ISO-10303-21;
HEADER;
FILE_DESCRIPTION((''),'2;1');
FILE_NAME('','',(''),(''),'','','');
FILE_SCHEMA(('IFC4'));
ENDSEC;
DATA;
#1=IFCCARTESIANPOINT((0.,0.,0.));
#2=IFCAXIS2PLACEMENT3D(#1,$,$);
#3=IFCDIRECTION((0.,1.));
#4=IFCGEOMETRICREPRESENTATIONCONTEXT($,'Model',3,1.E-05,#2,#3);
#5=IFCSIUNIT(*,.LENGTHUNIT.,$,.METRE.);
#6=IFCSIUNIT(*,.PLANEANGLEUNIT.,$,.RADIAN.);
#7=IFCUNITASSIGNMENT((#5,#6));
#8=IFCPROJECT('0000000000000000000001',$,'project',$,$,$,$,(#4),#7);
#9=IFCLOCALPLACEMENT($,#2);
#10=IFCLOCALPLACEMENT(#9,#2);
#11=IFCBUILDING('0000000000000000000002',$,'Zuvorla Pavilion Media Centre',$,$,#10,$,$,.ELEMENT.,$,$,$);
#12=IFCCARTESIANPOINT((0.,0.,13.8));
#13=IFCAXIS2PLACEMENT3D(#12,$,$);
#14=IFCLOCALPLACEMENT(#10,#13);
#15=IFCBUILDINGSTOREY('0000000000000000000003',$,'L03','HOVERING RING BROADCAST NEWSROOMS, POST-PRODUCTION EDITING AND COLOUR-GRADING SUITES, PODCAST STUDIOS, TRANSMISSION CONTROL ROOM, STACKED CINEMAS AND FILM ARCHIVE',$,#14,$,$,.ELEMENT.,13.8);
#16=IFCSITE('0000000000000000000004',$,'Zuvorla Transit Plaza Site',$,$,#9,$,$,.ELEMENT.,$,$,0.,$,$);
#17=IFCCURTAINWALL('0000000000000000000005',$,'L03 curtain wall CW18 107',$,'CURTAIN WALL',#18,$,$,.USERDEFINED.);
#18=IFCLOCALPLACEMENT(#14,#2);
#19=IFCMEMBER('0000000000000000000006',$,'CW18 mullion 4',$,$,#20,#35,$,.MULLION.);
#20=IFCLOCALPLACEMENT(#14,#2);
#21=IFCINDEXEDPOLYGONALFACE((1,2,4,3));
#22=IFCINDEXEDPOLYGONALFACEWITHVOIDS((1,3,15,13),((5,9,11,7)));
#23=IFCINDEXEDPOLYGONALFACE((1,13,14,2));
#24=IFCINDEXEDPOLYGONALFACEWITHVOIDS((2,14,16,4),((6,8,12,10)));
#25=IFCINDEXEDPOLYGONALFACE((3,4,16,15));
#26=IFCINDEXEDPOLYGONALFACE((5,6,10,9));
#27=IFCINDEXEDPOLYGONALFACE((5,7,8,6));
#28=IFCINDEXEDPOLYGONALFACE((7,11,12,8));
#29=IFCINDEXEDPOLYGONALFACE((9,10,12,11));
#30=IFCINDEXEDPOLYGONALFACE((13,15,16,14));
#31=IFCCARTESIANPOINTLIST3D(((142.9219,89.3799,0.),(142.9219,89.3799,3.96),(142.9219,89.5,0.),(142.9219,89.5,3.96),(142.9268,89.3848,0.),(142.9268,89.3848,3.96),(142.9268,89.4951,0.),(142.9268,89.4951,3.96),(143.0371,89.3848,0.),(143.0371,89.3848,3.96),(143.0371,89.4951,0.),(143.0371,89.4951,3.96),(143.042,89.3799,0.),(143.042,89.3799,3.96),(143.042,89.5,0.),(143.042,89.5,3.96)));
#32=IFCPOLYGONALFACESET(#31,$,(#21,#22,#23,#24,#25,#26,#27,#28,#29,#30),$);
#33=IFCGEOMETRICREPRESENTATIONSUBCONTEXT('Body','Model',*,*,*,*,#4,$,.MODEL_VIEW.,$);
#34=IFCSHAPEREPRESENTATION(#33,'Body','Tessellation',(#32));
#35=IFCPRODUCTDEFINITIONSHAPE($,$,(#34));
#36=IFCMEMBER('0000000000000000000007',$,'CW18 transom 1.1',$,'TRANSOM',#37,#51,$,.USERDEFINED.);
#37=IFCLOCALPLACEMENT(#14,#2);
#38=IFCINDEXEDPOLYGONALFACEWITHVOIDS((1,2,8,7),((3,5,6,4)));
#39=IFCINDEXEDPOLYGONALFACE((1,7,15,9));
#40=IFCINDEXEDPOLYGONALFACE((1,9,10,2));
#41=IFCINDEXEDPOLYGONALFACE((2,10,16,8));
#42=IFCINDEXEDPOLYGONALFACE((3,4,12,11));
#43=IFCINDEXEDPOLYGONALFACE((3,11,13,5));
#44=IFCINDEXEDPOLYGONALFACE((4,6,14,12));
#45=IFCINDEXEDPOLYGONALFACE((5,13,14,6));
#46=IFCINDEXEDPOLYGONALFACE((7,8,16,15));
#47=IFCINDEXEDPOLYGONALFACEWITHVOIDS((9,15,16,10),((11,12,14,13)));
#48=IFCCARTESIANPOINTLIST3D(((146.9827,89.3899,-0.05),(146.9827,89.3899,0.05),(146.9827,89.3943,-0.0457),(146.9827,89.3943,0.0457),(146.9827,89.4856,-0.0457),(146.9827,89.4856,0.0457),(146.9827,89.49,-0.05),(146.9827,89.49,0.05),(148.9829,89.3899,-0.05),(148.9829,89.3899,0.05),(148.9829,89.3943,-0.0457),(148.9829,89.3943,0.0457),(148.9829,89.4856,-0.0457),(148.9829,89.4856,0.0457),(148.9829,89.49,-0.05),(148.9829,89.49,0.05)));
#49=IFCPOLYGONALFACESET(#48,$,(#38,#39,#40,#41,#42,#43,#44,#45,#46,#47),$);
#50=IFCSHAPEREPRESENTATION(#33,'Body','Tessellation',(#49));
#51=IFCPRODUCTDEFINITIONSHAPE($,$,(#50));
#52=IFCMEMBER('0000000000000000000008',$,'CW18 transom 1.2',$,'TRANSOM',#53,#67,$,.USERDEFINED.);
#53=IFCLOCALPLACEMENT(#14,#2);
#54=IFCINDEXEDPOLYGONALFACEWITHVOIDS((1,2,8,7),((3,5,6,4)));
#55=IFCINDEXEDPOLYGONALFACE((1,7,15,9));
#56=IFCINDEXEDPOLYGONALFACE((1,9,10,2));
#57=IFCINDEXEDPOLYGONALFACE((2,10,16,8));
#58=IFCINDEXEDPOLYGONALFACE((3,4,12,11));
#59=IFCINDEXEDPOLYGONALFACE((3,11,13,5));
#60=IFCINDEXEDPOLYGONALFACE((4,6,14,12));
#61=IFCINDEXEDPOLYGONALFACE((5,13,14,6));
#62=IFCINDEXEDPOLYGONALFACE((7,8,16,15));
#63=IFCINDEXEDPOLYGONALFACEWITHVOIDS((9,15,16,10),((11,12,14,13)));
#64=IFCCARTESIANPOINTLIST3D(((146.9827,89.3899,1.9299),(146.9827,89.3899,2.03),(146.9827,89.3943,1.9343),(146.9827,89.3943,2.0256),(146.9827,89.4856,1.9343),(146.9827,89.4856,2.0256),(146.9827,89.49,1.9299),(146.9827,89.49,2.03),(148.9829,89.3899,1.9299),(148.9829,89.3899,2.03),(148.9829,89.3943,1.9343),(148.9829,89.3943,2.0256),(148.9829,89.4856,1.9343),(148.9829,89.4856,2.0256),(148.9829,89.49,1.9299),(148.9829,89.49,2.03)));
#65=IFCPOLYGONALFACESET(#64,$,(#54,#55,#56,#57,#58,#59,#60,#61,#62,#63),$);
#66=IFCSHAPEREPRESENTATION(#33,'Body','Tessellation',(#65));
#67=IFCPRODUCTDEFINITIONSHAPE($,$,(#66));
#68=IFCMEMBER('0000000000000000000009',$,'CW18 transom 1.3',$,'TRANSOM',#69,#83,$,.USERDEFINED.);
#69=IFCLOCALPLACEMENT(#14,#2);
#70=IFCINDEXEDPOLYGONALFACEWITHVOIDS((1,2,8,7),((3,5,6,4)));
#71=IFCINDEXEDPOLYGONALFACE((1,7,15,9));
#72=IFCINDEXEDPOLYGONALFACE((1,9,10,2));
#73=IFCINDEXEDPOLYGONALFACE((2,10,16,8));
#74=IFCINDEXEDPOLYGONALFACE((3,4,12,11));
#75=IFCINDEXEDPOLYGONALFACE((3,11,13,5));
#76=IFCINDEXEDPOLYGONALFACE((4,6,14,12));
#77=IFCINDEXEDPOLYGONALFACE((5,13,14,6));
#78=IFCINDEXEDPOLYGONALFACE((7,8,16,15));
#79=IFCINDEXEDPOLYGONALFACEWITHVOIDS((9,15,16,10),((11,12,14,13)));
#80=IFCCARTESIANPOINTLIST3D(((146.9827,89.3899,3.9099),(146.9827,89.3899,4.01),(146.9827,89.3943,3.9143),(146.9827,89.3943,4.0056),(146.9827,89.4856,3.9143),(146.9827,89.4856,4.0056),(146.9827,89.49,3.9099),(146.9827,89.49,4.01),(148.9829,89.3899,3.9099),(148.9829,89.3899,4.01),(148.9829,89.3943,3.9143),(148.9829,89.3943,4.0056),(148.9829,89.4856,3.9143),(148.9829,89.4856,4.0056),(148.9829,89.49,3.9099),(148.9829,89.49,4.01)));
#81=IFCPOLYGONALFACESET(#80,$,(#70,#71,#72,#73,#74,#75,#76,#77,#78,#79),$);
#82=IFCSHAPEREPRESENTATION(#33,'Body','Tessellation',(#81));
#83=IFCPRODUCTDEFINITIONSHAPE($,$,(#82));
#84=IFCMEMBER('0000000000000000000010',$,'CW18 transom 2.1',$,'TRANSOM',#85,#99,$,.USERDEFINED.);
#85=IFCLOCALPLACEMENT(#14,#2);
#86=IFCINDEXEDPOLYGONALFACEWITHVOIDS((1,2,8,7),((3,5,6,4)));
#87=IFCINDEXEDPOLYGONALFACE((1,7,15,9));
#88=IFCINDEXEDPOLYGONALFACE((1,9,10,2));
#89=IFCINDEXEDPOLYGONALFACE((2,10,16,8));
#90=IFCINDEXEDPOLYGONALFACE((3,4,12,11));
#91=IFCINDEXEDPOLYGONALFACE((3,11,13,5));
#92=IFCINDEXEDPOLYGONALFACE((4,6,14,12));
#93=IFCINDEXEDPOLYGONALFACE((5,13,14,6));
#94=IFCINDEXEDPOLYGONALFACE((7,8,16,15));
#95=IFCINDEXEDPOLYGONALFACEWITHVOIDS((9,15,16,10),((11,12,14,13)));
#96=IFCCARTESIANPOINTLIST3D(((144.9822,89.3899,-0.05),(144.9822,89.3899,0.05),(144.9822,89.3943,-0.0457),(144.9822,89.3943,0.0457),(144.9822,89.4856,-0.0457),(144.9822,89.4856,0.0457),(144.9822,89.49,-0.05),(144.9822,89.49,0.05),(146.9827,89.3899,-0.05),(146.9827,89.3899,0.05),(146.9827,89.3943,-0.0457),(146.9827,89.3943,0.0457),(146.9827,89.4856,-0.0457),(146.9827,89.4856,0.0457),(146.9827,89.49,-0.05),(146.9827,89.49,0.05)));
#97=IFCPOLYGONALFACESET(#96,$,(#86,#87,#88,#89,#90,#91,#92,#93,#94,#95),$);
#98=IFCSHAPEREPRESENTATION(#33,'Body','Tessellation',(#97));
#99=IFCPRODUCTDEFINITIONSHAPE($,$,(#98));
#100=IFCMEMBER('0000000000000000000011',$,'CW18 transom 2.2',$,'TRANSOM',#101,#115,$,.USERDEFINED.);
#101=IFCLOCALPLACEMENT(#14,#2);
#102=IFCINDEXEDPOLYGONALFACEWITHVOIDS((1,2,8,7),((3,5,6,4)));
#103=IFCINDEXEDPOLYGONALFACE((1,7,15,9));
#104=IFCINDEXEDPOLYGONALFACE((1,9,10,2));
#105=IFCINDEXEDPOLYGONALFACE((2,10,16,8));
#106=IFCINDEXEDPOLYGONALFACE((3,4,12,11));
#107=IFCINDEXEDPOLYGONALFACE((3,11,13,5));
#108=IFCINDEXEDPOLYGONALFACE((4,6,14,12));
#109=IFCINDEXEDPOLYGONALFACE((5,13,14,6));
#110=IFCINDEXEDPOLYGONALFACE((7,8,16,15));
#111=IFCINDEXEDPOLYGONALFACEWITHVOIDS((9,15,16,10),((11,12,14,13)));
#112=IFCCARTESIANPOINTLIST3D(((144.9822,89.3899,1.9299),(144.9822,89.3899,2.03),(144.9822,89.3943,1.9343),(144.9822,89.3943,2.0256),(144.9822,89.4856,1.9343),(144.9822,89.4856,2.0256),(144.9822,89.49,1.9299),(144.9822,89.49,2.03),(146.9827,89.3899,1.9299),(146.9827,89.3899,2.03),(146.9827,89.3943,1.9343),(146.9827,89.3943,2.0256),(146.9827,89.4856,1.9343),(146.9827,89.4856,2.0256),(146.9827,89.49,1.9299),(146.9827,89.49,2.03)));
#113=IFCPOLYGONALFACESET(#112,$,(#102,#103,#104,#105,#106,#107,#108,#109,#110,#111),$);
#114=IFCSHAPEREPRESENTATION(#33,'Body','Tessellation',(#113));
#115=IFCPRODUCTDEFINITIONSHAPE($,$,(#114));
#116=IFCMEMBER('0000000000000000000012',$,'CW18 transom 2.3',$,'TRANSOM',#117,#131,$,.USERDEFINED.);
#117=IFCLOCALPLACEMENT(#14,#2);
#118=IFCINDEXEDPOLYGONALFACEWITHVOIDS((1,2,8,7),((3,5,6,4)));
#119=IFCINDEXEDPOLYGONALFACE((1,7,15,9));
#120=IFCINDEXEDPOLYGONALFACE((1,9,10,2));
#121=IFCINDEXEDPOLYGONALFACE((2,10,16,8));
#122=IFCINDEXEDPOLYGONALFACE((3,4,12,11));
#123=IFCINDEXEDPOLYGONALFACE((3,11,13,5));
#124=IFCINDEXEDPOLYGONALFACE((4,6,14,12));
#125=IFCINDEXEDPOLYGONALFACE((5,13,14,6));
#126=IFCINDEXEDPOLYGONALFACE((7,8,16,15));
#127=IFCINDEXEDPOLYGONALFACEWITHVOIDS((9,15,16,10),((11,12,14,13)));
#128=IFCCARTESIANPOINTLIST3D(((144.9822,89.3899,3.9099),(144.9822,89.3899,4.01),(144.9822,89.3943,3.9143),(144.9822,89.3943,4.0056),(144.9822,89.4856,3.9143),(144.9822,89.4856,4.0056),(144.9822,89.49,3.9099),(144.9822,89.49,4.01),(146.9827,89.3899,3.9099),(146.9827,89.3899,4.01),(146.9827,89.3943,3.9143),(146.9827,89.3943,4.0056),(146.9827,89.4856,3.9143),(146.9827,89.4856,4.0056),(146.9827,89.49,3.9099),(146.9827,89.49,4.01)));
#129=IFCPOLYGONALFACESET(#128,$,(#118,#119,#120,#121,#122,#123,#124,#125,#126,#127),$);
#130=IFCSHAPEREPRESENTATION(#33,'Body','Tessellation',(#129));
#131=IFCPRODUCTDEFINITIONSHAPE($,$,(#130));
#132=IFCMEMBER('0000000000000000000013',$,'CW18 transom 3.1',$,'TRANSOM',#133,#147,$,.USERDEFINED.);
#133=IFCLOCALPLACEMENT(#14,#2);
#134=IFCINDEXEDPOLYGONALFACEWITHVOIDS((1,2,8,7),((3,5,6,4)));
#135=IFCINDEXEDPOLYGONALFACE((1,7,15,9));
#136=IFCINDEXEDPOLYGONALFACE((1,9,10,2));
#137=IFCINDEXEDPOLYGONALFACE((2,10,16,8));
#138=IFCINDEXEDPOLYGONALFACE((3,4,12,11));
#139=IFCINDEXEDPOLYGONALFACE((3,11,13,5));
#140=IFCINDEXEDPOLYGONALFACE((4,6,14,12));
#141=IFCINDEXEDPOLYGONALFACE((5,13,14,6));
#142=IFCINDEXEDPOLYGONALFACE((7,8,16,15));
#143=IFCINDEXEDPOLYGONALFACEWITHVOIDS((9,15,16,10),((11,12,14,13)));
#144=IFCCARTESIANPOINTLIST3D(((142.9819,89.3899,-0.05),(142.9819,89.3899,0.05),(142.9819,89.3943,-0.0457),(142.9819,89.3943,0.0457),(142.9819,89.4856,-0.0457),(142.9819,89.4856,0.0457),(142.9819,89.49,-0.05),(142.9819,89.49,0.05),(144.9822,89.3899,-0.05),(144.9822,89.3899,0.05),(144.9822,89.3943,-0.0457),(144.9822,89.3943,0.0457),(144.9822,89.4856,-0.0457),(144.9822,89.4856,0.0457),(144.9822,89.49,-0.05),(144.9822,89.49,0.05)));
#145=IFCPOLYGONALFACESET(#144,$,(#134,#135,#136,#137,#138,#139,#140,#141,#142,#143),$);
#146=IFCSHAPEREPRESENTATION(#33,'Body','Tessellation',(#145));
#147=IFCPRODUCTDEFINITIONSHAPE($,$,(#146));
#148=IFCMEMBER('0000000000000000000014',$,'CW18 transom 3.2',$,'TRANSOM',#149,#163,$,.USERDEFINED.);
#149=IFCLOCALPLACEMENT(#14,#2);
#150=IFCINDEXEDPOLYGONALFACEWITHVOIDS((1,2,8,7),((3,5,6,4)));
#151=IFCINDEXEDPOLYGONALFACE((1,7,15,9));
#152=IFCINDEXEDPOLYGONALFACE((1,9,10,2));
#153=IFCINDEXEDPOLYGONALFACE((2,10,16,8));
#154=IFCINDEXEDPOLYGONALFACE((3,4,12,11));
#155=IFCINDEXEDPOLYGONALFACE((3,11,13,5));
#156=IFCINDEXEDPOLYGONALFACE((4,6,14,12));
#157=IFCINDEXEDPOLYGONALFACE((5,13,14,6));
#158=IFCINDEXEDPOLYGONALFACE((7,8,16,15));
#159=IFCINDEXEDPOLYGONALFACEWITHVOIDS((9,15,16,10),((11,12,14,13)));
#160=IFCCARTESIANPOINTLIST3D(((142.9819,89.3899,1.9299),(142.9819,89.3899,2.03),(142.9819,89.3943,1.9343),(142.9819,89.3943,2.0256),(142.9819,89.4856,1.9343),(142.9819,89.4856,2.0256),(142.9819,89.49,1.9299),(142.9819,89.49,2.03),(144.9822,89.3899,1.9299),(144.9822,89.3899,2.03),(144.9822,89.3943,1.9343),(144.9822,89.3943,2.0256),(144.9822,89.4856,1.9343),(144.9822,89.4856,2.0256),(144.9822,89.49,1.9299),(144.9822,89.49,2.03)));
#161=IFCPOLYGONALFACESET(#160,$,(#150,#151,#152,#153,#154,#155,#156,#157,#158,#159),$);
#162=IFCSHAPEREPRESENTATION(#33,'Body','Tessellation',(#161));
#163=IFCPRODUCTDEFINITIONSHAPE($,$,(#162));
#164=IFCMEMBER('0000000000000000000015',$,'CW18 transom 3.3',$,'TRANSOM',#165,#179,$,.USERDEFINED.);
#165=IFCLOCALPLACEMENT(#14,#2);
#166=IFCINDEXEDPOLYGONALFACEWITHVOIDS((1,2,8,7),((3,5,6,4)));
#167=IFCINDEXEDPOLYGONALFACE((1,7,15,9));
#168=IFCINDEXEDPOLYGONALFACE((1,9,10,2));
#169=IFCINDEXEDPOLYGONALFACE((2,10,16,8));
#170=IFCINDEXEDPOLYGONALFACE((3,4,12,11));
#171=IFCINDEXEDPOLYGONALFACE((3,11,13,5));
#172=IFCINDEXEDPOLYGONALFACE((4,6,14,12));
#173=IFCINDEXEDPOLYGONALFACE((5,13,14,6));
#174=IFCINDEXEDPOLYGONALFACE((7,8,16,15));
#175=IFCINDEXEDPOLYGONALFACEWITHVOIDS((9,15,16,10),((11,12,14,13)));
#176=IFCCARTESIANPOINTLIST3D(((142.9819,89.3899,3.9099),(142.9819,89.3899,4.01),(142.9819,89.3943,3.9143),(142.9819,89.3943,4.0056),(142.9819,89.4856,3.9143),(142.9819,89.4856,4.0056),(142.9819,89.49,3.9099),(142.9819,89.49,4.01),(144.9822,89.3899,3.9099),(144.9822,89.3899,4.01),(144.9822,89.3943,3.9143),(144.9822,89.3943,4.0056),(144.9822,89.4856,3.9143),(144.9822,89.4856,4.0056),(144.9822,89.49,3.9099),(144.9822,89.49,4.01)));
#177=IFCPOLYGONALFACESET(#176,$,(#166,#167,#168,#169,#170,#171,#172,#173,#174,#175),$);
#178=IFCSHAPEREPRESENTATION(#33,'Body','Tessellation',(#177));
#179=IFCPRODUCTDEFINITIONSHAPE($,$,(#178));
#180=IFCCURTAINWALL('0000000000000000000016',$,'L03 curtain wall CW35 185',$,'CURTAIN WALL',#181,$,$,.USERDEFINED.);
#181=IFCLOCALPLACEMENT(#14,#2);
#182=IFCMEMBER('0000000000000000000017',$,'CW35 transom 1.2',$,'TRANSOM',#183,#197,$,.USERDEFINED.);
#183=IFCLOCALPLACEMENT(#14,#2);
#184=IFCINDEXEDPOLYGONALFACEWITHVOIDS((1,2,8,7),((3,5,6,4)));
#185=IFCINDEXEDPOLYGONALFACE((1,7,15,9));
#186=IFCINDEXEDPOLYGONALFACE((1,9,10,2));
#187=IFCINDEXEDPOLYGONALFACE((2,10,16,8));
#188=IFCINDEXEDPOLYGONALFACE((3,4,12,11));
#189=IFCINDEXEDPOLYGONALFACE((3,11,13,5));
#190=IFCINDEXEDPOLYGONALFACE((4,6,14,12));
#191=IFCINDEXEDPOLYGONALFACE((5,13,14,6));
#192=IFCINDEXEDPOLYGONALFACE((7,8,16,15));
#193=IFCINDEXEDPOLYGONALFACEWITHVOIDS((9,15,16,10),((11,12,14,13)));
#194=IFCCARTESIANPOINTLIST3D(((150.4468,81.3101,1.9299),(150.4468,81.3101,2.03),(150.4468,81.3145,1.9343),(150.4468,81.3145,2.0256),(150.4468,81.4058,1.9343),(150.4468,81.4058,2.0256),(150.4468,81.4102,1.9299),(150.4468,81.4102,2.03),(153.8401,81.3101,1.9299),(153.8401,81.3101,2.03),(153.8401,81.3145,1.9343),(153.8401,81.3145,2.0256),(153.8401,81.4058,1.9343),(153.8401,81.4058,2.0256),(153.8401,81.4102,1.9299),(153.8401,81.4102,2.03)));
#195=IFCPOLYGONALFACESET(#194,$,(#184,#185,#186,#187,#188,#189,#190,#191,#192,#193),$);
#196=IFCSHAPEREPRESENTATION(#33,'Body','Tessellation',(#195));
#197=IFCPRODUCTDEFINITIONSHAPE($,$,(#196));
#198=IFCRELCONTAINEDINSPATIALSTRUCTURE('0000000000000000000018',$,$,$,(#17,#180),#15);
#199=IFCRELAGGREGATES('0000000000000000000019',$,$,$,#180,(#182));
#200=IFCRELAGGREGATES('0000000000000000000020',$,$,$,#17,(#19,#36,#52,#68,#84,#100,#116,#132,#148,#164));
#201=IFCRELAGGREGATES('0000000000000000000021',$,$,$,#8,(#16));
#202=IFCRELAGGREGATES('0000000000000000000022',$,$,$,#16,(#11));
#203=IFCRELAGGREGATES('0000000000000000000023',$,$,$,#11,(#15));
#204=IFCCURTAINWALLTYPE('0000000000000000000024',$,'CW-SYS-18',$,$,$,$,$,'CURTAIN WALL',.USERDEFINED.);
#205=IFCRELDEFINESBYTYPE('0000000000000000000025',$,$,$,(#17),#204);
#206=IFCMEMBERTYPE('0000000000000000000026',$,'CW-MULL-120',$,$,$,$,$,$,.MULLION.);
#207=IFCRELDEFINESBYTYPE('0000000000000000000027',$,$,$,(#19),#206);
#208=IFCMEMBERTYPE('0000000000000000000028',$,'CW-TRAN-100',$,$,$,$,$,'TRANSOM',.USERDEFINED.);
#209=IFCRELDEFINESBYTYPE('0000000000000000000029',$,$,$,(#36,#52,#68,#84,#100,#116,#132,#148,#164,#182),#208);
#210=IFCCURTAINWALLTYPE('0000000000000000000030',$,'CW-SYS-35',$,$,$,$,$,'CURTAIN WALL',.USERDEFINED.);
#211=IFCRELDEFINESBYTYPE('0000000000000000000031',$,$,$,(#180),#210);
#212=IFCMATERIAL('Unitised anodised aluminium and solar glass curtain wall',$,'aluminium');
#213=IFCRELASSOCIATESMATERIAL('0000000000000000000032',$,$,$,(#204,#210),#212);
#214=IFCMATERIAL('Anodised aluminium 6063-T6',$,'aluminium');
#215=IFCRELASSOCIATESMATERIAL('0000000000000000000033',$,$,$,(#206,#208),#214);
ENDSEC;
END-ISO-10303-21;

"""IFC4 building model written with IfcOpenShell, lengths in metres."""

from ifc_helpers import new_model, si_unit, direction, frame, origin, origin_2d, place, context, subcontext, project, spatial, hollow_rectangle, extrude, material, material_profile, profile_set, type_object, element, aggregate, save


model = new_model("IFC4")

# Units and contexts
model_context = context("Model", 3, precision=1e-05, world=origin(), true_north=direction((0.0, 1.0)))
body_context = subcontext(model_context, "Body", "Model", "MODEL_VIEW")
ifc_project = project(units=[si_unit("LENGTHUNIT", "METRE"), si_unit("PLANEANGLEUNIT", "RADIAN")], contexts=[model_context])

# Site, building, storey
site_placement = place(None, origin())
site = spatial("IfcSite", under=ifc_project, at=site_placement, Name="Zuvorla Transit Plaza Site", CompositionType="ELEMENT", RefElevation=0.0)
building_placement = place(site_placement, origin())
building = spatial("IfcBuilding", under=site, at=building_placement, Name="Zuvorla Pavilion Media Centre", CompositionType="ELEMENT")
storey_placement = place(building_placement, frame((0.0, 0.0, 13.8)))
storey = spatial("IfcBuildingStorey", under=building, at=storey_placement, Name="L03", Description="HOVERING RING BROADCAST NEWSROOMS, POST-PRODUCTION EDITING AND COLOUR-GRADING SUITES, PODCAST STUDIOS, TRANSMISSION CONTROL ROOM, STACKED CINEMAS AND FILM ARCHIVE", CompositionType="ELEMENT", Elevation=13.8)

# Curtain walls, members
ifc_material_1 = material(Name="Unitised anodised aluminium and solar glass curtain wall", Category="aluminium")
ifc_material_2 = material(Name="Anodised aluminium 6063-T6", Category="aluminium")
curtain_wall_type_1 = type_object("IfcCurtainWallType", Name="CW-SYS-18", ElementType="CURTAIN WALL", PredefinedType="USERDEFINED", material=ifc_material_1)
curtain_wall_1_placement = place(storey_placement, origin())
curtain_wall_1 = element("IfcCurtainWall", 1, at=curtain_wall_1_placement, inside=storey, type_object=curtain_wall_type_1, Name="L03 curtain wall CW18 107", ObjectType="CURTAIN WALL", PredefinedType="USERDEFINED")
ifc_material_profile_1 = material_profile(ifc_material_2, hollow_rectangle(XDim=0.1201, YDim=0.1201, WallThickness=0.0049, at=origin_2d()), Name="ALU MULL 120x120")
ifc_profile_set_1 = profile_set([ifc_material_profile_1], Name="Anodised aluminium 6063-T6")
member_type_1 = type_object("IfcMemberType", Name="CW-MULL-120", PredefinedType="MULLION", material=ifc_profile_set_1)
member_1_placement = place(storey_placement, frame((142.9819, 89.4399, 0.0), z_axis=(0.0, 0.0, 1.0), x_axis=(1.0, 0.0, 0.0)))
member_1 = element("IfcMember", 2, at=member_1_placement, type_object=member_type_1, Name="CW18 mullion 4", PredefinedType="MULLION", context=body_context, shape_type="SweptSolid", body=[
    extrude(hollow_rectangle(XDim=0.1201, YDim=0.1201, WallThickness=0.0049, at=origin_2d()), origin(), (0.0, 0.0, 1.0), 3.96),
])
ifc_material_profile_2 = material_profile(ifc_material_2, hollow_rectangle(XDim=0.1001, YDim=0.1001, WallThickness=0.0044, at=origin_2d()), Name="ALU TRAN 100x100")
ifc_profile_set_2 = profile_set([ifc_material_profile_2], Name="Anodised aluminium 6063-T6")
member_type_2 = type_object("IfcMemberType", Name="CW-TRAN-100", ElementType="TRANSOM", PredefinedType="USERDEFINED", material=ifc_profile_set_2)
member_2_placement = place(storey_placement, frame((148.9829, 89.4399, 0.0), z_axis=(-1.0, 0.0, 0.0), x_axis=(0.0, -1.0, 0.0)))
member_2 = element("IfcMember", 3, at=member_2_placement, type_object=member_type_2, Name="CW18 transom 1.1", ObjectType="TRANSOM", PredefinedType="USERDEFINED", context=body_context, shape_type="SweptSolid", body=[
    extrude(hollow_rectangle(XDim=0.1001, YDim=0.1001, WallThickness=0.0044, at=origin_2d()), origin(), (0.0, 0.0, 1.0), 2.0002),
])
member_3_placement = place(storey_placement, frame((148.9829, 89.4399, 1.98), z_axis=(-1.0, 0.0, 0.0), x_axis=(0.0, -1.0, 0.0)))
member_3 = element("IfcMember", 4, at=member_3_placement, type_object=member_type_2, Name="CW18 transom 1.2", ObjectType="TRANSOM", PredefinedType="USERDEFINED", context=body_context, shape_type="SweptSolid", body=[
    extrude(hollow_rectangle(XDim=0.1001, YDim=0.1001, WallThickness=0.0044, at=origin_2d()), origin(), (0.0, 0.0, 1.0), 2.0002),
])
member_4_placement = place(storey_placement, frame((148.9829, 89.4399, 3.96), z_axis=(-1.0, 0.0, 0.0), x_axis=(0.0, -1.0, 0.0)))
member_4 = element("IfcMember", 5, at=member_4_placement, type_object=member_type_2, Name="CW18 transom 1.3", ObjectType="TRANSOM", PredefinedType="USERDEFINED", context=body_context, shape_type="SweptSolid", body=[
    extrude(hollow_rectangle(XDim=0.1001, YDim=0.1001, WallThickness=0.0044, at=origin_2d()), origin(), (0.0, 0.0, 1.0), 2.0002),
])
member_5_placement = place(storey_placement, frame((146.9827, 89.4399, 0.0), z_axis=(-1.0, 0.0, 0.0), x_axis=(0.0, -1.0, 0.0)))
member_5 = element("IfcMember", 6, at=member_5_placement, type_object=member_type_2, Name="CW18 transom 2.1", ObjectType="TRANSOM", PredefinedType="USERDEFINED", context=body_context, shape_type="SweptSolid", body=[
    extrude(hollow_rectangle(XDim=0.1001, YDim=0.1001, WallThickness=0.0044, at=origin_2d()), origin(), (0.0, 0.0, 1.0), 2.0005),
])
member_6_placement = place(storey_placement, frame((146.9827, 89.4399, 1.98), z_axis=(-1.0, 0.0, 0.0), x_axis=(0.0, -1.0, 0.0)))
member_6 = element("IfcMember", 7, at=member_6_placement, type_object=member_type_2, Name="CW18 transom 2.2", ObjectType="TRANSOM", PredefinedType="USERDEFINED", context=body_context, shape_type="SweptSolid", body=[
    extrude(hollow_rectangle(XDim=0.1001, YDim=0.1001, WallThickness=0.0044, at=origin_2d()), origin(), (0.0, 0.0, 1.0), 2.0005),
])
member_7_placement = place(storey_placement, frame((146.9827, 89.4399, 3.96), z_axis=(-1.0, 0.0, 0.0), x_axis=(0.0, -1.0, 0.0)))
member_7 = element("IfcMember", 8, at=member_7_placement, type_object=member_type_2, Name="CW18 transom 2.3", ObjectType="TRANSOM", PredefinedType="USERDEFINED", context=body_context, shape_type="SweptSolid", body=[
    extrude(hollow_rectangle(XDim=0.1001, YDim=0.1001, WallThickness=0.0044, at=origin_2d()), origin(), (0.0, 0.0, 1.0), 2.0005),
])
member_8_placement = place(storey_placement, frame((144.9822, 89.4399, 0.0), z_axis=(-1.0, 0.0, 0.0), x_axis=(0.0, -1.0, 0.0)))
member_8 = element("IfcMember", 9, at=member_8_placement, type_object=member_type_2, Name="CW18 transom 3.1", ObjectType="TRANSOM", PredefinedType="USERDEFINED", context=body_context, shape_type="SweptSolid", body=[
    extrude(hollow_rectangle(XDim=0.1001, YDim=0.1001, WallThickness=0.0044, at=origin_2d()), origin(), (0.0, 0.0, 1.0), 2.0002),
])
member_9_placement = place(storey_placement, frame((144.9822, 89.4399, 1.98), z_axis=(-1.0, 0.0, 0.0), x_axis=(0.0, -1.0, 0.0)))
member_9 = element("IfcMember", 10, at=member_9_placement, type_object=member_type_2, Name="CW18 transom 3.2", ObjectType="TRANSOM", PredefinedType="USERDEFINED", context=body_context, shape_type="SweptSolid", body=[
    extrude(hollow_rectangle(XDim=0.1001, YDim=0.1001, WallThickness=0.0044, at=origin_2d()), origin(), (0.0, 0.0, 1.0), 2.0002),
])
member_10_placement = place(storey_placement, frame((144.9822, 89.4399, 3.96), z_axis=(-1.0, 0.0, 0.0), x_axis=(0.0, -1.0, 0.0)))
member_10 = element("IfcMember", 11, at=member_10_placement, type_object=member_type_2, Name="CW18 transom 3.3", ObjectType="TRANSOM", PredefinedType="USERDEFINED", context=body_context, shape_type="SweptSolid", body=[
    extrude(hollow_rectangle(XDim=0.1001, YDim=0.1001, WallThickness=0.0044, at=origin_2d()), origin(), (0.0, 0.0, 1.0), 2.0002),
])
curtain_wall_type_2 = type_object("IfcCurtainWallType", Name="CW-SYS-35", ElementType="CURTAIN WALL", PredefinedType="USERDEFINED", material=ifc_material_1)
curtain_wall_2_placement = place(storey_placement, origin())
curtain_wall_2 = element("IfcCurtainWall", 12, at=curtain_wall_2_placement, inside=storey, type_object=curtain_wall_type_2, Name="L03 curtain wall CW35 185", ObjectType="CURTAIN WALL", PredefinedType="USERDEFINED")
member_11_placement = place(storey_placement, frame((153.8401, 81.3601, 1.98), z_axis=(-1.0, 0.0, 0.0), x_axis=(0.0, -1.0, 0.0)))
member_11 = element("IfcMember", 13, at=member_11_placement, type_object=member_type_2, Name="CW35 transom 1.2", ObjectType="TRANSOM", PredefinedType="USERDEFINED", context=body_context, shape_type="SweptSolid", body=[
    extrude(hollow_rectangle(XDim=0.1001, YDim=0.1001, WallThickness=0.0044, at=origin_2d()), origin(), (0.0, 0.0, 1.0), 3.3933),
])
aggregate(curtain_wall_2, [member_11])

aggregate(curtain_wall_1, [member_1, member_2, member_3, member_4, member_5, member_6, member_7, member_8, member_9, member_10])

save(model, "model.ifc")
